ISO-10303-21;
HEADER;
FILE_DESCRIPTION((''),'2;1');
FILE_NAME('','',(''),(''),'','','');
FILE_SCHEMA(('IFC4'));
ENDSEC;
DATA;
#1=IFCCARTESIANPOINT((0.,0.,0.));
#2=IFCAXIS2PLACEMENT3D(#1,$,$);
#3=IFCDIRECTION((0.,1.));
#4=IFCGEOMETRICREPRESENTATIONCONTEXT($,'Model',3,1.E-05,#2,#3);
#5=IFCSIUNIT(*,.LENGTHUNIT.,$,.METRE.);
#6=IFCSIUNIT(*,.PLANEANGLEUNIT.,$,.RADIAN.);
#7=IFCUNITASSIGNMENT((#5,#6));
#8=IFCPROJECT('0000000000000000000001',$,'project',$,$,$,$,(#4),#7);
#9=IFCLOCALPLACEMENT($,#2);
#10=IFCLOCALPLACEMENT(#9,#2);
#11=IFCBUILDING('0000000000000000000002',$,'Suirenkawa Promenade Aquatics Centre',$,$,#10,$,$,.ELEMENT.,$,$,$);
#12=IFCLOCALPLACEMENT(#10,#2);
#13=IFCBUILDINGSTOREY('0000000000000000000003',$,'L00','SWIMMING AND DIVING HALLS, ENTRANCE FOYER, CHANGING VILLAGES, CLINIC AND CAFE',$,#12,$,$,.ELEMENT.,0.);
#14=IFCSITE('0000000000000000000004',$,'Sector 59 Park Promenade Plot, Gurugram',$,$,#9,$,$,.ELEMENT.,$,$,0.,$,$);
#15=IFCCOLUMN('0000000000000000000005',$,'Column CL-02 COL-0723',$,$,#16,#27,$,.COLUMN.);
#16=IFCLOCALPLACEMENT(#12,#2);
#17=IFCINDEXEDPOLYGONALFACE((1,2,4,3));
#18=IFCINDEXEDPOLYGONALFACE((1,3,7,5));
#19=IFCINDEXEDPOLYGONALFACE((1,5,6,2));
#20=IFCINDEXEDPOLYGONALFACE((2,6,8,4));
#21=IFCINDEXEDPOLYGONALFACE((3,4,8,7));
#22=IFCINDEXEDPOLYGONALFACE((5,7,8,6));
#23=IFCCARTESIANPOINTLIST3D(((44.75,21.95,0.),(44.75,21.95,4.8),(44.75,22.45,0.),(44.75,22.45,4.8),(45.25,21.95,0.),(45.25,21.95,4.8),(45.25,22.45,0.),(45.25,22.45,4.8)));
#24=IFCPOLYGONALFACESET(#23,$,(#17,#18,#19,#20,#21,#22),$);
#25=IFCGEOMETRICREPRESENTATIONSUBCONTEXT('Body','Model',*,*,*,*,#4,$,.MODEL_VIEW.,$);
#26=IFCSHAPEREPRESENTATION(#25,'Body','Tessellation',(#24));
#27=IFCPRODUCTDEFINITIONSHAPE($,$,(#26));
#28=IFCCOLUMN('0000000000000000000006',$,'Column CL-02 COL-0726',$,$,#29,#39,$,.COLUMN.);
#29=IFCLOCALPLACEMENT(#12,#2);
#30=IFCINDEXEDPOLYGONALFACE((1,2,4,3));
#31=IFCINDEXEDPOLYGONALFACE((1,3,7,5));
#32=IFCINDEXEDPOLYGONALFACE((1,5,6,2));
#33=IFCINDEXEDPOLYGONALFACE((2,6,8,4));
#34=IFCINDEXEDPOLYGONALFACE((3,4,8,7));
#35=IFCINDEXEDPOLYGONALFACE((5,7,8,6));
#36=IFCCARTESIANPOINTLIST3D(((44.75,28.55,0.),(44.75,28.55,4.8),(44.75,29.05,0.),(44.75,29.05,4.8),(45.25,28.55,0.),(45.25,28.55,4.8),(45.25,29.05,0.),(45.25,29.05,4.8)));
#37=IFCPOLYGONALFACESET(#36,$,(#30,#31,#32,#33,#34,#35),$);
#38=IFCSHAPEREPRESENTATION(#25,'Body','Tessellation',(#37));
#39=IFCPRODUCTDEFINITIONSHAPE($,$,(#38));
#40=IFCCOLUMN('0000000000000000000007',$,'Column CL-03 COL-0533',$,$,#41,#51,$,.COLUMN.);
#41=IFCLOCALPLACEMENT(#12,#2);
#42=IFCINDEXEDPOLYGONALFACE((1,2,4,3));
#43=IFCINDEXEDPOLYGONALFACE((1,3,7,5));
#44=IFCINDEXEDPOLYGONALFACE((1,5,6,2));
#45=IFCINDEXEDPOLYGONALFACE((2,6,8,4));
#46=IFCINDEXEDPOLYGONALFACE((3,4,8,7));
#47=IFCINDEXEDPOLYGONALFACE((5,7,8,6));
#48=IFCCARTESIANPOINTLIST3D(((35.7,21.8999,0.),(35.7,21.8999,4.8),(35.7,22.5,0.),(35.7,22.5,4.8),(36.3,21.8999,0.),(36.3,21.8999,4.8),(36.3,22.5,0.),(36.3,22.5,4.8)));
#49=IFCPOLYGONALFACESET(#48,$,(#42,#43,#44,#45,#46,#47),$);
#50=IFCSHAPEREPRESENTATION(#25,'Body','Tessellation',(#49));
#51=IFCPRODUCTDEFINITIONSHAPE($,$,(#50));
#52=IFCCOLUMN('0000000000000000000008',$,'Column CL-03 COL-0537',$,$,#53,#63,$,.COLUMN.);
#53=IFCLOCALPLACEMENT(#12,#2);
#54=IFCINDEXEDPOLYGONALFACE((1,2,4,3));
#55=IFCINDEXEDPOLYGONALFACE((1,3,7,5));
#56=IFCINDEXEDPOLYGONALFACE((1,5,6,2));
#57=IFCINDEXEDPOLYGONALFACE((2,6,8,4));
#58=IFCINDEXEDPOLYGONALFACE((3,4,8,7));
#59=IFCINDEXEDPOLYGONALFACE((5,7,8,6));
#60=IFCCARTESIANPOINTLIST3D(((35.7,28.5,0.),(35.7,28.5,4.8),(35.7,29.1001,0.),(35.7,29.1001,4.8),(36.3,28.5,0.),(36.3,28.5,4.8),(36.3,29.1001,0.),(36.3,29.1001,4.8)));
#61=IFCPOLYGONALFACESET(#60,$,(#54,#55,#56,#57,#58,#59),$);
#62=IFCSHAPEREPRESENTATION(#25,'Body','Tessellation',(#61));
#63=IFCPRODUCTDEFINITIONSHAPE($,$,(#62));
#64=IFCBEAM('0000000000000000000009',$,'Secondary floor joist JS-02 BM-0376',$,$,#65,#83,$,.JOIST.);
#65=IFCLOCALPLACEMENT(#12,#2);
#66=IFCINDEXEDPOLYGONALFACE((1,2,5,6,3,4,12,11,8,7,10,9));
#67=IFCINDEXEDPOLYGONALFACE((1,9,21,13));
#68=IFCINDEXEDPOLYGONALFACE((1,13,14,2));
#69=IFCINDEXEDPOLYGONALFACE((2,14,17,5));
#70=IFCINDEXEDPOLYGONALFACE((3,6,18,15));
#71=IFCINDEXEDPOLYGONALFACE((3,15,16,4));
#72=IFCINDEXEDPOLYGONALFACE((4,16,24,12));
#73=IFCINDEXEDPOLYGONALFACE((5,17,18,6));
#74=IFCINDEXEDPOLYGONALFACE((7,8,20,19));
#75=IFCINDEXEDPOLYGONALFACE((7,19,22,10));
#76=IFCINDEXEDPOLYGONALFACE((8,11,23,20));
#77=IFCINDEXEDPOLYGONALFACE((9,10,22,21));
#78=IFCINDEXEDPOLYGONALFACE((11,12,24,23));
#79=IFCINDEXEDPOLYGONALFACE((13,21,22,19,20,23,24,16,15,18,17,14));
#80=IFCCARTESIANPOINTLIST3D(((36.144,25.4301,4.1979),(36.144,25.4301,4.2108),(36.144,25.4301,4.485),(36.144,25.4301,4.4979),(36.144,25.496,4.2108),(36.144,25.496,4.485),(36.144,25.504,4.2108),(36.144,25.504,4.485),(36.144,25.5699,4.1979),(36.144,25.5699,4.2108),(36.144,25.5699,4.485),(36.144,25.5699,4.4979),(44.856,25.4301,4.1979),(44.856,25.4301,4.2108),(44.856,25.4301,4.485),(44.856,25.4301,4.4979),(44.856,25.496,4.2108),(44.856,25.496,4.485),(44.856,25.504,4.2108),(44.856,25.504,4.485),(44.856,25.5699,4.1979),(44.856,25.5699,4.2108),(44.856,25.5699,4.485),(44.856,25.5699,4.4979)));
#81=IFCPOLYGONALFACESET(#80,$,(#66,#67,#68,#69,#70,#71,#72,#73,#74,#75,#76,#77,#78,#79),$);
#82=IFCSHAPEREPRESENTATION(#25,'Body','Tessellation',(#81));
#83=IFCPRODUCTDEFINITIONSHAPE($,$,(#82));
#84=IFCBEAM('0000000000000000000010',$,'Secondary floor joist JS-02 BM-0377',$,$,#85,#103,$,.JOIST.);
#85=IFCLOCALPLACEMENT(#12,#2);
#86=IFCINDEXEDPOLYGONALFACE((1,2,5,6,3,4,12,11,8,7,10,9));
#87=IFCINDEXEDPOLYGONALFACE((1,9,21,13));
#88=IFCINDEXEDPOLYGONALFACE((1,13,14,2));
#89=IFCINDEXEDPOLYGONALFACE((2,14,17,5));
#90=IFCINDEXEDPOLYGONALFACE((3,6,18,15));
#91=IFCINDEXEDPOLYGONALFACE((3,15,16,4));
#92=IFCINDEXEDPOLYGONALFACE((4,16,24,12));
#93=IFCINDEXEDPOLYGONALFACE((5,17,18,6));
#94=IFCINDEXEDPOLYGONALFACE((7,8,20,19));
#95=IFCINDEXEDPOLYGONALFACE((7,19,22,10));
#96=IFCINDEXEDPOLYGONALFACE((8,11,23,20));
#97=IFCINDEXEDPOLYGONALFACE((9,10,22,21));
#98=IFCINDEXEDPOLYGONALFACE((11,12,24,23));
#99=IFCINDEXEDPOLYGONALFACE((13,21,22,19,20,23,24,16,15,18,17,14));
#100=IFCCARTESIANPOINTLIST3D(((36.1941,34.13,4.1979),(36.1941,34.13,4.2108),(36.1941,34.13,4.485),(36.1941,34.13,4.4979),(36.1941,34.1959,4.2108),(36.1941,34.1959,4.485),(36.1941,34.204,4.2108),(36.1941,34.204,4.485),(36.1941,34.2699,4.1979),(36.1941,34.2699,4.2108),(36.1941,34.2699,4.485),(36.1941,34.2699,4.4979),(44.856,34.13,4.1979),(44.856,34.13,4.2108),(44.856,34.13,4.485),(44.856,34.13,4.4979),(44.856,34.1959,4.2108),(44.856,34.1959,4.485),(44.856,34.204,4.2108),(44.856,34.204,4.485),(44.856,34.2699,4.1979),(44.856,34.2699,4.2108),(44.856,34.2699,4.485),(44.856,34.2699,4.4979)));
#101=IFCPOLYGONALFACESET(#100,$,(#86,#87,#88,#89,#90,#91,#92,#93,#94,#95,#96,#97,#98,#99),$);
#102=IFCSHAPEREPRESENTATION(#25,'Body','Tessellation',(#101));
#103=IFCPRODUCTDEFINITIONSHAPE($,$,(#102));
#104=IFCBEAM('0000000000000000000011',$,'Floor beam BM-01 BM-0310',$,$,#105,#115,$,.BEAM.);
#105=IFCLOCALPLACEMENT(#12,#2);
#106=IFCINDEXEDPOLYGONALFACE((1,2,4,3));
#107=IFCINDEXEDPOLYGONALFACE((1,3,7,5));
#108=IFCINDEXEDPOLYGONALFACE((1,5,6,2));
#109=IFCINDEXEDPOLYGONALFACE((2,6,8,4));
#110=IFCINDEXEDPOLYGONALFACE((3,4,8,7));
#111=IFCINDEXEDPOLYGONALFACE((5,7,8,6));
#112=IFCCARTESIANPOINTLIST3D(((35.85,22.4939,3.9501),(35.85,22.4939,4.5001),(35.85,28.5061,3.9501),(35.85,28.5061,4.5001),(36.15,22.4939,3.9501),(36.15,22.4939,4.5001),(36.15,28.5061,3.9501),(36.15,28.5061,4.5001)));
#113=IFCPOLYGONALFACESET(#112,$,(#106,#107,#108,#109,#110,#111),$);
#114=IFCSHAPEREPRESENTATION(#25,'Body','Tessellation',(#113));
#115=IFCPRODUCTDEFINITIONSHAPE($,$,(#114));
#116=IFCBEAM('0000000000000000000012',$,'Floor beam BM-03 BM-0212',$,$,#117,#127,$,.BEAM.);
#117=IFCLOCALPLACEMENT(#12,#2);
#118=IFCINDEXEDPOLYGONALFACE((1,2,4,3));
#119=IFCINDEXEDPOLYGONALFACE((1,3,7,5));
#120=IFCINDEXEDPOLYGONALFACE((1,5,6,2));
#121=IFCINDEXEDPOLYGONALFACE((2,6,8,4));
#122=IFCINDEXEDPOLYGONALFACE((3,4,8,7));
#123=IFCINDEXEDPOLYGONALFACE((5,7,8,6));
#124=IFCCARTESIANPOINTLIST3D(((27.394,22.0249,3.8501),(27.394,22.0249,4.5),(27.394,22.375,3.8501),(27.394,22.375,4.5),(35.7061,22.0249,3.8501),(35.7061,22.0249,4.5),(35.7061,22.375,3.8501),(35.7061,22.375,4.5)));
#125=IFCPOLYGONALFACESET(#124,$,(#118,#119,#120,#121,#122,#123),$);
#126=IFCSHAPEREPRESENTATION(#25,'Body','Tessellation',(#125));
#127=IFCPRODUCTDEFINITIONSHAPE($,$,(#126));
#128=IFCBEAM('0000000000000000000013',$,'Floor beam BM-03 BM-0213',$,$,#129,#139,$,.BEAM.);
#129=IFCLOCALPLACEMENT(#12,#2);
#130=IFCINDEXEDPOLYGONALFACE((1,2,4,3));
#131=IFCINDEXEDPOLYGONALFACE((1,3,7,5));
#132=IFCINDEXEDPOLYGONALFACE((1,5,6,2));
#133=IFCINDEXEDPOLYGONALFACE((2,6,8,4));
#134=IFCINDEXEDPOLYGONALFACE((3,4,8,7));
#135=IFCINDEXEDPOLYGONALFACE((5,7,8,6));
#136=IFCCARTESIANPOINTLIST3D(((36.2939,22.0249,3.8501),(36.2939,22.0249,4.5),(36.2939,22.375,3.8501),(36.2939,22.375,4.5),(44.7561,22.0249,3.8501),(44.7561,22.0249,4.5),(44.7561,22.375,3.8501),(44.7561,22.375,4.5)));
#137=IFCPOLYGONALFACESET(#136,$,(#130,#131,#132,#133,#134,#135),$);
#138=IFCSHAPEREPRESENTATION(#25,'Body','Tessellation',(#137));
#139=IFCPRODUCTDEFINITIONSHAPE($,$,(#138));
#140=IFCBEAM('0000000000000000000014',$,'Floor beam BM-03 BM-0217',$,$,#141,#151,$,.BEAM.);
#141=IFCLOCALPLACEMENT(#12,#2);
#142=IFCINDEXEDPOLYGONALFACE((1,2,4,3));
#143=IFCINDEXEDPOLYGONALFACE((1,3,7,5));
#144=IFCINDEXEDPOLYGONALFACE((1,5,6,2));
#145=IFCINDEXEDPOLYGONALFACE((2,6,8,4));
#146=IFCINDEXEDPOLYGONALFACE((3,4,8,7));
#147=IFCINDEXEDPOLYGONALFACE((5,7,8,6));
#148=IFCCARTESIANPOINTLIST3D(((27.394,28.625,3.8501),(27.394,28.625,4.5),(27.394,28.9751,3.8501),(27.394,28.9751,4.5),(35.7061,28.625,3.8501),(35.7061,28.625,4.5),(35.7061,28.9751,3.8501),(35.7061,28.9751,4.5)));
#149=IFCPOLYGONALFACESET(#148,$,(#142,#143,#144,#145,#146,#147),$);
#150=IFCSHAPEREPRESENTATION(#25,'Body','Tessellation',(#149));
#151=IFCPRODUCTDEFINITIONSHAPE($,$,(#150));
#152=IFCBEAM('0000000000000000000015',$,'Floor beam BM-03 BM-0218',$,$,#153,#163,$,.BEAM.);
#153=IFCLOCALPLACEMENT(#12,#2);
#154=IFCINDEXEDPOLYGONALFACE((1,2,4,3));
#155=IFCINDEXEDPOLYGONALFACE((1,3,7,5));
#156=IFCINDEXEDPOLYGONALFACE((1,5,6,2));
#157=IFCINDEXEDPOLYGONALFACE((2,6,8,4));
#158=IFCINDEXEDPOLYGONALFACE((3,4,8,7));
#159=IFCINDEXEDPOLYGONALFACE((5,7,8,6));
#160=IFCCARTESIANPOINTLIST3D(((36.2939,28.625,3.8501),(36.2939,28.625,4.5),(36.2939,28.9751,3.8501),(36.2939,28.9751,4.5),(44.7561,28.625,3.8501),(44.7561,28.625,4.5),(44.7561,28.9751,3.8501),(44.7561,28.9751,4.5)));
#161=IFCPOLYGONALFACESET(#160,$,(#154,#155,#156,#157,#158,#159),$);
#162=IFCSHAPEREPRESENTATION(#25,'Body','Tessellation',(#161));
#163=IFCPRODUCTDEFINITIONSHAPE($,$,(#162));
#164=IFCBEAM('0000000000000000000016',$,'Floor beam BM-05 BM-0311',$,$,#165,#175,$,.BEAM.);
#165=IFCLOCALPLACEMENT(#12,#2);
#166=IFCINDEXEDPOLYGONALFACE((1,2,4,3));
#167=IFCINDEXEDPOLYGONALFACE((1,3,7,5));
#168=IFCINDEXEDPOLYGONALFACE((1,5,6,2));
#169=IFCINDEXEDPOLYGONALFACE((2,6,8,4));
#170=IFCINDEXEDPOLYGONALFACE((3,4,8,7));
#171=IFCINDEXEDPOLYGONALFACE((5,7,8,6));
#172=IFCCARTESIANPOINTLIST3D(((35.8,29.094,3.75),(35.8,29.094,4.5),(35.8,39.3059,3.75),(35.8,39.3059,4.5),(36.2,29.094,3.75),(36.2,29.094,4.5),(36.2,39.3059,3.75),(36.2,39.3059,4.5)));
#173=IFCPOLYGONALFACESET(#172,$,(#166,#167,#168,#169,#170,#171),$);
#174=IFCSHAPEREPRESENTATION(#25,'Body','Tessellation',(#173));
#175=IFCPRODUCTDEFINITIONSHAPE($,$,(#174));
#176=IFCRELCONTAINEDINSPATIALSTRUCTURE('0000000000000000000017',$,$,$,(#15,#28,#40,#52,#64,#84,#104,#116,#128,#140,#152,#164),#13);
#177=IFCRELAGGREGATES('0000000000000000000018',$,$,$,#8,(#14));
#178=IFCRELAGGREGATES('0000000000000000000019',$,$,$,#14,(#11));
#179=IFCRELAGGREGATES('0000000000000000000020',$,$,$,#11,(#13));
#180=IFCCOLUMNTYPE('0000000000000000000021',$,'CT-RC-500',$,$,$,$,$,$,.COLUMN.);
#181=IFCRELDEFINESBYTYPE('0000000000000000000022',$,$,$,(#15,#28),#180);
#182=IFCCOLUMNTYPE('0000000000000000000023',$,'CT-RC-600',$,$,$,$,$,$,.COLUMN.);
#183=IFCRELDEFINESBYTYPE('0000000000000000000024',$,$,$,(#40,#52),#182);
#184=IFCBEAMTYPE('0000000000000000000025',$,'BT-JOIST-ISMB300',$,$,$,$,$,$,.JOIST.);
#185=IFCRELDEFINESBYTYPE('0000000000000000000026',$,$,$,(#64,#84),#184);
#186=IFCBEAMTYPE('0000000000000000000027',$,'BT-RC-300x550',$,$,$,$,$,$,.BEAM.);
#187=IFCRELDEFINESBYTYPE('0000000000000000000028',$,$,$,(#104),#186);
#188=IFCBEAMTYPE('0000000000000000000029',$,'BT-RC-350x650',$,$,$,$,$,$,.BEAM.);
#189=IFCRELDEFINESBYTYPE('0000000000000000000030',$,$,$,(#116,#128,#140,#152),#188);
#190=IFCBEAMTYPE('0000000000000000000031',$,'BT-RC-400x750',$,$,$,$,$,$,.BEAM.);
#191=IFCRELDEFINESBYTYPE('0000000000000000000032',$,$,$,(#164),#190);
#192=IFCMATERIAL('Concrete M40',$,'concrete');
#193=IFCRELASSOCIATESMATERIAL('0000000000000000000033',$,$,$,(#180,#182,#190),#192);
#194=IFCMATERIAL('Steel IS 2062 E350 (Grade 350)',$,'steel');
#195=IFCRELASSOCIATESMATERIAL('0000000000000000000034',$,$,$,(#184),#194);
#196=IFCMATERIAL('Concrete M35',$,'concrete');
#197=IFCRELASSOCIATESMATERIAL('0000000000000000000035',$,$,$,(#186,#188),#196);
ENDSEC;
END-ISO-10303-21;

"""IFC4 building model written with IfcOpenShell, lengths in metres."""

from ifc_helpers import new_model, si_unit, direction, frame, origin, origin_2d, place, context, subcontext, project, spatial, rectangle, i_section, extrude, material, material_profile, profile_set, type_object, element, save


model = new_model("IFC4")

# Units and contexts
model_context = context("Model", 3, precision=1e-05, world=origin(), true_north=direction((0.0, 1.0)))
body_context = subcontext(model_context, "Body", "Model", "MODEL_VIEW")
ifc_project = project(units=[si_unit("LENGTHUNIT", "METRE"), si_unit("PLANEANGLEUNIT", "RADIAN")], contexts=[model_context])

# Site, building, storey
site_placement = place(None, origin())
site = spatial("IfcSite", under=ifc_project, at=site_placement, Name="Sector 59 Park Promenade Plot, Gurugram", CompositionType="ELEMENT", RefElevation=0.0)
building_placement = place(site_placement, origin())
building = spatial("IfcBuilding", under=site, at=building_placement, Name="Suirenkawa Promenade Aquatics Centre", CompositionType="ELEMENT")
storey_placement = place(building_placement, origin())
storey = spatial("IfcBuildingStorey", under=building, at=storey_placement, Name="L00", Description="SWIMMING AND DIVING HALLS, ENTRANCE FOYER, CHANGING VILLAGES, CLINIC AND CAFE", CompositionType="ELEMENT", Elevation=0.0)

# Columns
ifc_material_1 = material(Name="Concrete M40", Category="concrete")
ifc_material_profile_1 = material_profile(ifc_material_1, rectangle(XDim=0.5, YDim=0.5, at=origin_2d()), Name="RC COL 500x500", Category="concrete")
ifc_profile_set_1 = profile_set([ifc_material_profile_1], Name="Concrete M40")
column_type_1 = type_object("IfcColumnType", Name="CT-RC-500", PredefinedType="COLUMN", material=ifc_profile_set_1)
for number, where, z_axis, x_axis, name in (
    (1, (45.0, 22.2, 0.0), (0.0, 0.0, 1.0), (1.0, 0.0, 0.0), "Column CL-02 COL-0723"),
    (2, (45.0, 28.8, 0.0), (0.0, 0.0, 1.0), (1.0, 0.0, 0.0), "Column CL-02 COL-0726"),
):
    element("IfcColumn", number, at=place(storey_placement, frame(where, z_axis=z_axis, x_axis=x_axis)), inside=storey, type_object=column_type_1, Name=name, PredefinedType="COLUMN", context=body_context, shape_type="SweptSolid", body=[
        extrude(rectangle(XDim=0.5, YDim=0.5, at=origin_2d()), origin(), (0.0, 0.0, 1.0), 4.8),
    ])
ifc_material_profile_2 = material_profile(ifc_material_1, rectangle(XDim=0.6001, YDim=0.6001, at=origin_2d()), Name="RC COL 600x600", Category="concrete")
ifc_profile_set_2 = profile_set([ifc_material_profile_2], Name="Concrete M40")
column_type_2 = type_object("IfcColumnType", Name="CT-RC-600", PredefinedType="COLUMN", material=ifc_profile_set_2)
for number, where, z_axis, x_axis, name in (
    (3, (36.0, 22.2, 0.0), (0.0, 0.0, 1.0), (1.0, 0.0, 0.0), "Column CL-03 COL-0533"),
    (4, (36.0, 28.8, 0.0), (0.0, 0.0, 1.0), (1.0, 0.0, 0.0), "Column CL-03 COL-0537"),
):
    element("IfcColumn", number, at=place(storey_placement, frame(where, z_axis=z_axis, x_axis=x_axis)), inside=storey, type_object=column_type_2, Name=name, PredefinedType="COLUMN", context=body_context, shape_type="SweptSolid", body=[
        extrude(rectangle(XDim=0.6001, YDim=0.6001, at=origin_2d()), origin(), (0.0, 0.0, 1.0), 4.8),
    ])

# Beams
ifc_material_2 = material(Name="Steel IS 2062 E350 (Grade 350)", Category="steel")
ifc_material_profile_3 = material_profile(ifc_material_2, i_section(OverallWidth=0.1399, OverallDepth=0.3, WebThickness=0.0081, FlangeThickness=0.0129, at=origin_2d()), Name="ISMB 300", Category="steel")
ifc_profile_set_3 = profile_set([ifc_material_profile_3], Name="Steel IS 2062 E350 (Grade 350)")
beam_type_1 = type_object("IfcBeamType", Name="BT-JOIST-ISMB300", PredefinedType="JOIST", material=ifc_profile_set_3)
beam_1_placement = place(storey_placement, frame((36.144, 25.5, 4.3479), z_axis=(1.0, 0.0, 0.0), x_axis=(0.0, 1.0, 0.0)))
element("IfcBeam", 5, at=beam_1_placement, inside=storey, type_object=beam_type_1, Name="Secondary floor joist JS-02 BM-0376", PredefinedType="JOIST", context=body_context, shape_type="SweptSolid", body=[
    extrude(i_section(OverallWidth=0.1399, OverallDepth=0.3, WebThickness=0.0081, FlangeThickness=0.0129, at=origin_2d()), origin(), (0.0, 0.0, 1.0), 8.7119),
])
beam_2_placement = place(storey_placement, frame((36.1941, 34.2, 4.3479), z_axis=(1.0, 0.0, 0.0), x_axis=(0.0, 1.0, 0.0)))
element("IfcBeam", 6, at=beam_2_placement, inside=storey, type_object=beam_type_1, Name="Secondary floor joist JS-02 BM-0377", PredefinedType="JOIST", context=body_context, shape_type="SweptSolid", body=[
    extrude(i_section(OverallWidth=0.1399, OverallDepth=0.3, WebThickness=0.0081, FlangeThickness=0.0129, at=origin_2d()), origin(), (0.0, 0.0, 1.0), 8.6619),
])
ifc_material_3 = material(Name="Concrete M35", Category="concrete")
ifc_material_profile_4 = material_profile(ifc_material_3, rectangle(XDim=0.3, YDim=0.55, at=origin_2d()), Name="RC BM 300x550", Category="concrete")
ifc_profile_set_4 = profile_set([ifc_material_profile_4], Name="Concrete M35")
beam_type_2 = type_object("IfcBeamType", Name="BT-RC-300x550", PredefinedType="BEAM", material=ifc_profile_set_4)
beam_3_placement = place(storey_placement, frame((36.0, 22.4939, 4.2251), z_axis=(0.0, 1.0, 0.0), x_axis=(-1.0, 0.0, 0.0)))
element("IfcBeam", 7, at=beam_3_placement, inside=storey, type_object=beam_type_2, Name="Floor beam BM-01 BM-0310", PredefinedType="BEAM", context=body_context, shape_type="SweptSolid", body=[
    extrude(rectangle(XDim=0.3, YDim=0.55, at=origin_2d()), origin(), (0.0, 0.0, 1.0), 6.0122),
])
ifc_material_profile_5 = material_profile(ifc_material_3, rectangle(XDim=0.3501, YDim=0.6499, at=origin_2d()), Name="RC BM 350x650", Category="concrete")
ifc_profile_set_5 = profile_set([ifc_material_profile_5], Name="Concrete M35")
beam_type_3 = type_object("IfcBeamType", Name="BT-RC-350x650", PredefinedType="BEAM", material=ifc_profile_set_5)
beam_4_placement = place(storey_placement, frame((27.394, 22.2, 4.175), z_axis=(1.0, 0.0, 0.0), x_axis=(0.0, 1.0, 0.0)))
element("IfcBeam", 8, at=beam_4_placement, inside=storey, type_object=beam_type_3, Name="Floor beam BM-03 BM-0212", PredefinedType="BEAM", context=body_context, shape_type="SweptSolid", body=[
    extrude(rectangle(XDim=0.3501, YDim=0.6499, at=origin_2d()), origin(), (0.0, 0.0, 1.0), 8.312),
])
beam_5_placement = place(storey_placement, frame((36.2939, 22.2, 4.175), z_axis=(1.0, 0.0, 0.0), x_axis=(0.0, 1.0, 0.0)))
element("IfcBeam", 9, at=beam_5_placement, inside=storey, type_object=beam_type_3, Name="Floor beam BM-03 BM-0213", PredefinedType="BEAM", context=body_context, shape_type="SweptSolid", body=[
    extrude(rectangle(XDim=0.3501, YDim=0.6499, at=origin_2d()), origin(), (0.0, 0.0, 1.0), 8.4622),
])
beam_6_placement = place(storey_placement, frame((27.394, 28.8, 4.175), z_axis=(1.0, 0.0, 0.0), x_axis=(0.0, 1.0, 0.0)))
element("IfcBeam", 10, at=beam_6_placement, inside=storey, type_object=beam_type_3, Name="Floor beam BM-03 BM-0217", PredefinedType="BEAM", context=body_context, shape_type="SweptSolid", body=[
    extrude(rectangle(XDim=0.3501, YDim=0.6499, at=origin_2d()), origin(), (0.0, 0.0, 1.0), 8.312),
])
beam_7_placement = place(storey_placement, frame((36.2939, 28.8, 4.175), z_axis=(1.0, 0.0, 0.0), x_axis=(0.0, 1.0, 0.0)))
element("IfcBeam", 11, at=beam_7_placement, inside=storey, type_object=beam_type_3, Name="Floor beam BM-03 BM-0218", PredefinedType="BEAM", context=body_context, shape_type="SweptSolid", body=[
    extrude(rectangle(XDim=0.3501, YDim=0.6499, at=origin_2d()), origin(), (0.0, 0.0, 1.0), 8.4622),
])
ifc_material_profile_6 = material_profile(ifc_material_1, rectangle(XDim=0.3999, YDim=0.75, at=origin_2d()), Name="RC BM 400x750", Category="concrete")
ifc_profile_set_6 = profile_set([ifc_material_profile_6], Name="Concrete M40")
beam_type_4 = type_object("IfcBeamType", Name="BT-RC-400x750", PredefinedType="BEAM", material=ifc_profile_set_6)
beam_8_placement = place(storey_placement, frame((36.0, 29.094, 4.125), z_axis=(0.0, 1.0, 0.0), x_axis=(-1.0, 0.0, 0.0)))
element("IfcBeam", 12, at=beam_8_placement, inside=storey, type_object=beam_type_4, Name="Floor beam BM-05 BM-0311", PredefinedType="BEAM", context=body_context, shape_type="SweptSolid", body=[
    extrude(rectangle(XDim=0.3999, YDim=0.75, at=origin_2d()), origin(), (0.0, 0.0, 1.0), 10.2119),
])

save(model, "model.ifc")
